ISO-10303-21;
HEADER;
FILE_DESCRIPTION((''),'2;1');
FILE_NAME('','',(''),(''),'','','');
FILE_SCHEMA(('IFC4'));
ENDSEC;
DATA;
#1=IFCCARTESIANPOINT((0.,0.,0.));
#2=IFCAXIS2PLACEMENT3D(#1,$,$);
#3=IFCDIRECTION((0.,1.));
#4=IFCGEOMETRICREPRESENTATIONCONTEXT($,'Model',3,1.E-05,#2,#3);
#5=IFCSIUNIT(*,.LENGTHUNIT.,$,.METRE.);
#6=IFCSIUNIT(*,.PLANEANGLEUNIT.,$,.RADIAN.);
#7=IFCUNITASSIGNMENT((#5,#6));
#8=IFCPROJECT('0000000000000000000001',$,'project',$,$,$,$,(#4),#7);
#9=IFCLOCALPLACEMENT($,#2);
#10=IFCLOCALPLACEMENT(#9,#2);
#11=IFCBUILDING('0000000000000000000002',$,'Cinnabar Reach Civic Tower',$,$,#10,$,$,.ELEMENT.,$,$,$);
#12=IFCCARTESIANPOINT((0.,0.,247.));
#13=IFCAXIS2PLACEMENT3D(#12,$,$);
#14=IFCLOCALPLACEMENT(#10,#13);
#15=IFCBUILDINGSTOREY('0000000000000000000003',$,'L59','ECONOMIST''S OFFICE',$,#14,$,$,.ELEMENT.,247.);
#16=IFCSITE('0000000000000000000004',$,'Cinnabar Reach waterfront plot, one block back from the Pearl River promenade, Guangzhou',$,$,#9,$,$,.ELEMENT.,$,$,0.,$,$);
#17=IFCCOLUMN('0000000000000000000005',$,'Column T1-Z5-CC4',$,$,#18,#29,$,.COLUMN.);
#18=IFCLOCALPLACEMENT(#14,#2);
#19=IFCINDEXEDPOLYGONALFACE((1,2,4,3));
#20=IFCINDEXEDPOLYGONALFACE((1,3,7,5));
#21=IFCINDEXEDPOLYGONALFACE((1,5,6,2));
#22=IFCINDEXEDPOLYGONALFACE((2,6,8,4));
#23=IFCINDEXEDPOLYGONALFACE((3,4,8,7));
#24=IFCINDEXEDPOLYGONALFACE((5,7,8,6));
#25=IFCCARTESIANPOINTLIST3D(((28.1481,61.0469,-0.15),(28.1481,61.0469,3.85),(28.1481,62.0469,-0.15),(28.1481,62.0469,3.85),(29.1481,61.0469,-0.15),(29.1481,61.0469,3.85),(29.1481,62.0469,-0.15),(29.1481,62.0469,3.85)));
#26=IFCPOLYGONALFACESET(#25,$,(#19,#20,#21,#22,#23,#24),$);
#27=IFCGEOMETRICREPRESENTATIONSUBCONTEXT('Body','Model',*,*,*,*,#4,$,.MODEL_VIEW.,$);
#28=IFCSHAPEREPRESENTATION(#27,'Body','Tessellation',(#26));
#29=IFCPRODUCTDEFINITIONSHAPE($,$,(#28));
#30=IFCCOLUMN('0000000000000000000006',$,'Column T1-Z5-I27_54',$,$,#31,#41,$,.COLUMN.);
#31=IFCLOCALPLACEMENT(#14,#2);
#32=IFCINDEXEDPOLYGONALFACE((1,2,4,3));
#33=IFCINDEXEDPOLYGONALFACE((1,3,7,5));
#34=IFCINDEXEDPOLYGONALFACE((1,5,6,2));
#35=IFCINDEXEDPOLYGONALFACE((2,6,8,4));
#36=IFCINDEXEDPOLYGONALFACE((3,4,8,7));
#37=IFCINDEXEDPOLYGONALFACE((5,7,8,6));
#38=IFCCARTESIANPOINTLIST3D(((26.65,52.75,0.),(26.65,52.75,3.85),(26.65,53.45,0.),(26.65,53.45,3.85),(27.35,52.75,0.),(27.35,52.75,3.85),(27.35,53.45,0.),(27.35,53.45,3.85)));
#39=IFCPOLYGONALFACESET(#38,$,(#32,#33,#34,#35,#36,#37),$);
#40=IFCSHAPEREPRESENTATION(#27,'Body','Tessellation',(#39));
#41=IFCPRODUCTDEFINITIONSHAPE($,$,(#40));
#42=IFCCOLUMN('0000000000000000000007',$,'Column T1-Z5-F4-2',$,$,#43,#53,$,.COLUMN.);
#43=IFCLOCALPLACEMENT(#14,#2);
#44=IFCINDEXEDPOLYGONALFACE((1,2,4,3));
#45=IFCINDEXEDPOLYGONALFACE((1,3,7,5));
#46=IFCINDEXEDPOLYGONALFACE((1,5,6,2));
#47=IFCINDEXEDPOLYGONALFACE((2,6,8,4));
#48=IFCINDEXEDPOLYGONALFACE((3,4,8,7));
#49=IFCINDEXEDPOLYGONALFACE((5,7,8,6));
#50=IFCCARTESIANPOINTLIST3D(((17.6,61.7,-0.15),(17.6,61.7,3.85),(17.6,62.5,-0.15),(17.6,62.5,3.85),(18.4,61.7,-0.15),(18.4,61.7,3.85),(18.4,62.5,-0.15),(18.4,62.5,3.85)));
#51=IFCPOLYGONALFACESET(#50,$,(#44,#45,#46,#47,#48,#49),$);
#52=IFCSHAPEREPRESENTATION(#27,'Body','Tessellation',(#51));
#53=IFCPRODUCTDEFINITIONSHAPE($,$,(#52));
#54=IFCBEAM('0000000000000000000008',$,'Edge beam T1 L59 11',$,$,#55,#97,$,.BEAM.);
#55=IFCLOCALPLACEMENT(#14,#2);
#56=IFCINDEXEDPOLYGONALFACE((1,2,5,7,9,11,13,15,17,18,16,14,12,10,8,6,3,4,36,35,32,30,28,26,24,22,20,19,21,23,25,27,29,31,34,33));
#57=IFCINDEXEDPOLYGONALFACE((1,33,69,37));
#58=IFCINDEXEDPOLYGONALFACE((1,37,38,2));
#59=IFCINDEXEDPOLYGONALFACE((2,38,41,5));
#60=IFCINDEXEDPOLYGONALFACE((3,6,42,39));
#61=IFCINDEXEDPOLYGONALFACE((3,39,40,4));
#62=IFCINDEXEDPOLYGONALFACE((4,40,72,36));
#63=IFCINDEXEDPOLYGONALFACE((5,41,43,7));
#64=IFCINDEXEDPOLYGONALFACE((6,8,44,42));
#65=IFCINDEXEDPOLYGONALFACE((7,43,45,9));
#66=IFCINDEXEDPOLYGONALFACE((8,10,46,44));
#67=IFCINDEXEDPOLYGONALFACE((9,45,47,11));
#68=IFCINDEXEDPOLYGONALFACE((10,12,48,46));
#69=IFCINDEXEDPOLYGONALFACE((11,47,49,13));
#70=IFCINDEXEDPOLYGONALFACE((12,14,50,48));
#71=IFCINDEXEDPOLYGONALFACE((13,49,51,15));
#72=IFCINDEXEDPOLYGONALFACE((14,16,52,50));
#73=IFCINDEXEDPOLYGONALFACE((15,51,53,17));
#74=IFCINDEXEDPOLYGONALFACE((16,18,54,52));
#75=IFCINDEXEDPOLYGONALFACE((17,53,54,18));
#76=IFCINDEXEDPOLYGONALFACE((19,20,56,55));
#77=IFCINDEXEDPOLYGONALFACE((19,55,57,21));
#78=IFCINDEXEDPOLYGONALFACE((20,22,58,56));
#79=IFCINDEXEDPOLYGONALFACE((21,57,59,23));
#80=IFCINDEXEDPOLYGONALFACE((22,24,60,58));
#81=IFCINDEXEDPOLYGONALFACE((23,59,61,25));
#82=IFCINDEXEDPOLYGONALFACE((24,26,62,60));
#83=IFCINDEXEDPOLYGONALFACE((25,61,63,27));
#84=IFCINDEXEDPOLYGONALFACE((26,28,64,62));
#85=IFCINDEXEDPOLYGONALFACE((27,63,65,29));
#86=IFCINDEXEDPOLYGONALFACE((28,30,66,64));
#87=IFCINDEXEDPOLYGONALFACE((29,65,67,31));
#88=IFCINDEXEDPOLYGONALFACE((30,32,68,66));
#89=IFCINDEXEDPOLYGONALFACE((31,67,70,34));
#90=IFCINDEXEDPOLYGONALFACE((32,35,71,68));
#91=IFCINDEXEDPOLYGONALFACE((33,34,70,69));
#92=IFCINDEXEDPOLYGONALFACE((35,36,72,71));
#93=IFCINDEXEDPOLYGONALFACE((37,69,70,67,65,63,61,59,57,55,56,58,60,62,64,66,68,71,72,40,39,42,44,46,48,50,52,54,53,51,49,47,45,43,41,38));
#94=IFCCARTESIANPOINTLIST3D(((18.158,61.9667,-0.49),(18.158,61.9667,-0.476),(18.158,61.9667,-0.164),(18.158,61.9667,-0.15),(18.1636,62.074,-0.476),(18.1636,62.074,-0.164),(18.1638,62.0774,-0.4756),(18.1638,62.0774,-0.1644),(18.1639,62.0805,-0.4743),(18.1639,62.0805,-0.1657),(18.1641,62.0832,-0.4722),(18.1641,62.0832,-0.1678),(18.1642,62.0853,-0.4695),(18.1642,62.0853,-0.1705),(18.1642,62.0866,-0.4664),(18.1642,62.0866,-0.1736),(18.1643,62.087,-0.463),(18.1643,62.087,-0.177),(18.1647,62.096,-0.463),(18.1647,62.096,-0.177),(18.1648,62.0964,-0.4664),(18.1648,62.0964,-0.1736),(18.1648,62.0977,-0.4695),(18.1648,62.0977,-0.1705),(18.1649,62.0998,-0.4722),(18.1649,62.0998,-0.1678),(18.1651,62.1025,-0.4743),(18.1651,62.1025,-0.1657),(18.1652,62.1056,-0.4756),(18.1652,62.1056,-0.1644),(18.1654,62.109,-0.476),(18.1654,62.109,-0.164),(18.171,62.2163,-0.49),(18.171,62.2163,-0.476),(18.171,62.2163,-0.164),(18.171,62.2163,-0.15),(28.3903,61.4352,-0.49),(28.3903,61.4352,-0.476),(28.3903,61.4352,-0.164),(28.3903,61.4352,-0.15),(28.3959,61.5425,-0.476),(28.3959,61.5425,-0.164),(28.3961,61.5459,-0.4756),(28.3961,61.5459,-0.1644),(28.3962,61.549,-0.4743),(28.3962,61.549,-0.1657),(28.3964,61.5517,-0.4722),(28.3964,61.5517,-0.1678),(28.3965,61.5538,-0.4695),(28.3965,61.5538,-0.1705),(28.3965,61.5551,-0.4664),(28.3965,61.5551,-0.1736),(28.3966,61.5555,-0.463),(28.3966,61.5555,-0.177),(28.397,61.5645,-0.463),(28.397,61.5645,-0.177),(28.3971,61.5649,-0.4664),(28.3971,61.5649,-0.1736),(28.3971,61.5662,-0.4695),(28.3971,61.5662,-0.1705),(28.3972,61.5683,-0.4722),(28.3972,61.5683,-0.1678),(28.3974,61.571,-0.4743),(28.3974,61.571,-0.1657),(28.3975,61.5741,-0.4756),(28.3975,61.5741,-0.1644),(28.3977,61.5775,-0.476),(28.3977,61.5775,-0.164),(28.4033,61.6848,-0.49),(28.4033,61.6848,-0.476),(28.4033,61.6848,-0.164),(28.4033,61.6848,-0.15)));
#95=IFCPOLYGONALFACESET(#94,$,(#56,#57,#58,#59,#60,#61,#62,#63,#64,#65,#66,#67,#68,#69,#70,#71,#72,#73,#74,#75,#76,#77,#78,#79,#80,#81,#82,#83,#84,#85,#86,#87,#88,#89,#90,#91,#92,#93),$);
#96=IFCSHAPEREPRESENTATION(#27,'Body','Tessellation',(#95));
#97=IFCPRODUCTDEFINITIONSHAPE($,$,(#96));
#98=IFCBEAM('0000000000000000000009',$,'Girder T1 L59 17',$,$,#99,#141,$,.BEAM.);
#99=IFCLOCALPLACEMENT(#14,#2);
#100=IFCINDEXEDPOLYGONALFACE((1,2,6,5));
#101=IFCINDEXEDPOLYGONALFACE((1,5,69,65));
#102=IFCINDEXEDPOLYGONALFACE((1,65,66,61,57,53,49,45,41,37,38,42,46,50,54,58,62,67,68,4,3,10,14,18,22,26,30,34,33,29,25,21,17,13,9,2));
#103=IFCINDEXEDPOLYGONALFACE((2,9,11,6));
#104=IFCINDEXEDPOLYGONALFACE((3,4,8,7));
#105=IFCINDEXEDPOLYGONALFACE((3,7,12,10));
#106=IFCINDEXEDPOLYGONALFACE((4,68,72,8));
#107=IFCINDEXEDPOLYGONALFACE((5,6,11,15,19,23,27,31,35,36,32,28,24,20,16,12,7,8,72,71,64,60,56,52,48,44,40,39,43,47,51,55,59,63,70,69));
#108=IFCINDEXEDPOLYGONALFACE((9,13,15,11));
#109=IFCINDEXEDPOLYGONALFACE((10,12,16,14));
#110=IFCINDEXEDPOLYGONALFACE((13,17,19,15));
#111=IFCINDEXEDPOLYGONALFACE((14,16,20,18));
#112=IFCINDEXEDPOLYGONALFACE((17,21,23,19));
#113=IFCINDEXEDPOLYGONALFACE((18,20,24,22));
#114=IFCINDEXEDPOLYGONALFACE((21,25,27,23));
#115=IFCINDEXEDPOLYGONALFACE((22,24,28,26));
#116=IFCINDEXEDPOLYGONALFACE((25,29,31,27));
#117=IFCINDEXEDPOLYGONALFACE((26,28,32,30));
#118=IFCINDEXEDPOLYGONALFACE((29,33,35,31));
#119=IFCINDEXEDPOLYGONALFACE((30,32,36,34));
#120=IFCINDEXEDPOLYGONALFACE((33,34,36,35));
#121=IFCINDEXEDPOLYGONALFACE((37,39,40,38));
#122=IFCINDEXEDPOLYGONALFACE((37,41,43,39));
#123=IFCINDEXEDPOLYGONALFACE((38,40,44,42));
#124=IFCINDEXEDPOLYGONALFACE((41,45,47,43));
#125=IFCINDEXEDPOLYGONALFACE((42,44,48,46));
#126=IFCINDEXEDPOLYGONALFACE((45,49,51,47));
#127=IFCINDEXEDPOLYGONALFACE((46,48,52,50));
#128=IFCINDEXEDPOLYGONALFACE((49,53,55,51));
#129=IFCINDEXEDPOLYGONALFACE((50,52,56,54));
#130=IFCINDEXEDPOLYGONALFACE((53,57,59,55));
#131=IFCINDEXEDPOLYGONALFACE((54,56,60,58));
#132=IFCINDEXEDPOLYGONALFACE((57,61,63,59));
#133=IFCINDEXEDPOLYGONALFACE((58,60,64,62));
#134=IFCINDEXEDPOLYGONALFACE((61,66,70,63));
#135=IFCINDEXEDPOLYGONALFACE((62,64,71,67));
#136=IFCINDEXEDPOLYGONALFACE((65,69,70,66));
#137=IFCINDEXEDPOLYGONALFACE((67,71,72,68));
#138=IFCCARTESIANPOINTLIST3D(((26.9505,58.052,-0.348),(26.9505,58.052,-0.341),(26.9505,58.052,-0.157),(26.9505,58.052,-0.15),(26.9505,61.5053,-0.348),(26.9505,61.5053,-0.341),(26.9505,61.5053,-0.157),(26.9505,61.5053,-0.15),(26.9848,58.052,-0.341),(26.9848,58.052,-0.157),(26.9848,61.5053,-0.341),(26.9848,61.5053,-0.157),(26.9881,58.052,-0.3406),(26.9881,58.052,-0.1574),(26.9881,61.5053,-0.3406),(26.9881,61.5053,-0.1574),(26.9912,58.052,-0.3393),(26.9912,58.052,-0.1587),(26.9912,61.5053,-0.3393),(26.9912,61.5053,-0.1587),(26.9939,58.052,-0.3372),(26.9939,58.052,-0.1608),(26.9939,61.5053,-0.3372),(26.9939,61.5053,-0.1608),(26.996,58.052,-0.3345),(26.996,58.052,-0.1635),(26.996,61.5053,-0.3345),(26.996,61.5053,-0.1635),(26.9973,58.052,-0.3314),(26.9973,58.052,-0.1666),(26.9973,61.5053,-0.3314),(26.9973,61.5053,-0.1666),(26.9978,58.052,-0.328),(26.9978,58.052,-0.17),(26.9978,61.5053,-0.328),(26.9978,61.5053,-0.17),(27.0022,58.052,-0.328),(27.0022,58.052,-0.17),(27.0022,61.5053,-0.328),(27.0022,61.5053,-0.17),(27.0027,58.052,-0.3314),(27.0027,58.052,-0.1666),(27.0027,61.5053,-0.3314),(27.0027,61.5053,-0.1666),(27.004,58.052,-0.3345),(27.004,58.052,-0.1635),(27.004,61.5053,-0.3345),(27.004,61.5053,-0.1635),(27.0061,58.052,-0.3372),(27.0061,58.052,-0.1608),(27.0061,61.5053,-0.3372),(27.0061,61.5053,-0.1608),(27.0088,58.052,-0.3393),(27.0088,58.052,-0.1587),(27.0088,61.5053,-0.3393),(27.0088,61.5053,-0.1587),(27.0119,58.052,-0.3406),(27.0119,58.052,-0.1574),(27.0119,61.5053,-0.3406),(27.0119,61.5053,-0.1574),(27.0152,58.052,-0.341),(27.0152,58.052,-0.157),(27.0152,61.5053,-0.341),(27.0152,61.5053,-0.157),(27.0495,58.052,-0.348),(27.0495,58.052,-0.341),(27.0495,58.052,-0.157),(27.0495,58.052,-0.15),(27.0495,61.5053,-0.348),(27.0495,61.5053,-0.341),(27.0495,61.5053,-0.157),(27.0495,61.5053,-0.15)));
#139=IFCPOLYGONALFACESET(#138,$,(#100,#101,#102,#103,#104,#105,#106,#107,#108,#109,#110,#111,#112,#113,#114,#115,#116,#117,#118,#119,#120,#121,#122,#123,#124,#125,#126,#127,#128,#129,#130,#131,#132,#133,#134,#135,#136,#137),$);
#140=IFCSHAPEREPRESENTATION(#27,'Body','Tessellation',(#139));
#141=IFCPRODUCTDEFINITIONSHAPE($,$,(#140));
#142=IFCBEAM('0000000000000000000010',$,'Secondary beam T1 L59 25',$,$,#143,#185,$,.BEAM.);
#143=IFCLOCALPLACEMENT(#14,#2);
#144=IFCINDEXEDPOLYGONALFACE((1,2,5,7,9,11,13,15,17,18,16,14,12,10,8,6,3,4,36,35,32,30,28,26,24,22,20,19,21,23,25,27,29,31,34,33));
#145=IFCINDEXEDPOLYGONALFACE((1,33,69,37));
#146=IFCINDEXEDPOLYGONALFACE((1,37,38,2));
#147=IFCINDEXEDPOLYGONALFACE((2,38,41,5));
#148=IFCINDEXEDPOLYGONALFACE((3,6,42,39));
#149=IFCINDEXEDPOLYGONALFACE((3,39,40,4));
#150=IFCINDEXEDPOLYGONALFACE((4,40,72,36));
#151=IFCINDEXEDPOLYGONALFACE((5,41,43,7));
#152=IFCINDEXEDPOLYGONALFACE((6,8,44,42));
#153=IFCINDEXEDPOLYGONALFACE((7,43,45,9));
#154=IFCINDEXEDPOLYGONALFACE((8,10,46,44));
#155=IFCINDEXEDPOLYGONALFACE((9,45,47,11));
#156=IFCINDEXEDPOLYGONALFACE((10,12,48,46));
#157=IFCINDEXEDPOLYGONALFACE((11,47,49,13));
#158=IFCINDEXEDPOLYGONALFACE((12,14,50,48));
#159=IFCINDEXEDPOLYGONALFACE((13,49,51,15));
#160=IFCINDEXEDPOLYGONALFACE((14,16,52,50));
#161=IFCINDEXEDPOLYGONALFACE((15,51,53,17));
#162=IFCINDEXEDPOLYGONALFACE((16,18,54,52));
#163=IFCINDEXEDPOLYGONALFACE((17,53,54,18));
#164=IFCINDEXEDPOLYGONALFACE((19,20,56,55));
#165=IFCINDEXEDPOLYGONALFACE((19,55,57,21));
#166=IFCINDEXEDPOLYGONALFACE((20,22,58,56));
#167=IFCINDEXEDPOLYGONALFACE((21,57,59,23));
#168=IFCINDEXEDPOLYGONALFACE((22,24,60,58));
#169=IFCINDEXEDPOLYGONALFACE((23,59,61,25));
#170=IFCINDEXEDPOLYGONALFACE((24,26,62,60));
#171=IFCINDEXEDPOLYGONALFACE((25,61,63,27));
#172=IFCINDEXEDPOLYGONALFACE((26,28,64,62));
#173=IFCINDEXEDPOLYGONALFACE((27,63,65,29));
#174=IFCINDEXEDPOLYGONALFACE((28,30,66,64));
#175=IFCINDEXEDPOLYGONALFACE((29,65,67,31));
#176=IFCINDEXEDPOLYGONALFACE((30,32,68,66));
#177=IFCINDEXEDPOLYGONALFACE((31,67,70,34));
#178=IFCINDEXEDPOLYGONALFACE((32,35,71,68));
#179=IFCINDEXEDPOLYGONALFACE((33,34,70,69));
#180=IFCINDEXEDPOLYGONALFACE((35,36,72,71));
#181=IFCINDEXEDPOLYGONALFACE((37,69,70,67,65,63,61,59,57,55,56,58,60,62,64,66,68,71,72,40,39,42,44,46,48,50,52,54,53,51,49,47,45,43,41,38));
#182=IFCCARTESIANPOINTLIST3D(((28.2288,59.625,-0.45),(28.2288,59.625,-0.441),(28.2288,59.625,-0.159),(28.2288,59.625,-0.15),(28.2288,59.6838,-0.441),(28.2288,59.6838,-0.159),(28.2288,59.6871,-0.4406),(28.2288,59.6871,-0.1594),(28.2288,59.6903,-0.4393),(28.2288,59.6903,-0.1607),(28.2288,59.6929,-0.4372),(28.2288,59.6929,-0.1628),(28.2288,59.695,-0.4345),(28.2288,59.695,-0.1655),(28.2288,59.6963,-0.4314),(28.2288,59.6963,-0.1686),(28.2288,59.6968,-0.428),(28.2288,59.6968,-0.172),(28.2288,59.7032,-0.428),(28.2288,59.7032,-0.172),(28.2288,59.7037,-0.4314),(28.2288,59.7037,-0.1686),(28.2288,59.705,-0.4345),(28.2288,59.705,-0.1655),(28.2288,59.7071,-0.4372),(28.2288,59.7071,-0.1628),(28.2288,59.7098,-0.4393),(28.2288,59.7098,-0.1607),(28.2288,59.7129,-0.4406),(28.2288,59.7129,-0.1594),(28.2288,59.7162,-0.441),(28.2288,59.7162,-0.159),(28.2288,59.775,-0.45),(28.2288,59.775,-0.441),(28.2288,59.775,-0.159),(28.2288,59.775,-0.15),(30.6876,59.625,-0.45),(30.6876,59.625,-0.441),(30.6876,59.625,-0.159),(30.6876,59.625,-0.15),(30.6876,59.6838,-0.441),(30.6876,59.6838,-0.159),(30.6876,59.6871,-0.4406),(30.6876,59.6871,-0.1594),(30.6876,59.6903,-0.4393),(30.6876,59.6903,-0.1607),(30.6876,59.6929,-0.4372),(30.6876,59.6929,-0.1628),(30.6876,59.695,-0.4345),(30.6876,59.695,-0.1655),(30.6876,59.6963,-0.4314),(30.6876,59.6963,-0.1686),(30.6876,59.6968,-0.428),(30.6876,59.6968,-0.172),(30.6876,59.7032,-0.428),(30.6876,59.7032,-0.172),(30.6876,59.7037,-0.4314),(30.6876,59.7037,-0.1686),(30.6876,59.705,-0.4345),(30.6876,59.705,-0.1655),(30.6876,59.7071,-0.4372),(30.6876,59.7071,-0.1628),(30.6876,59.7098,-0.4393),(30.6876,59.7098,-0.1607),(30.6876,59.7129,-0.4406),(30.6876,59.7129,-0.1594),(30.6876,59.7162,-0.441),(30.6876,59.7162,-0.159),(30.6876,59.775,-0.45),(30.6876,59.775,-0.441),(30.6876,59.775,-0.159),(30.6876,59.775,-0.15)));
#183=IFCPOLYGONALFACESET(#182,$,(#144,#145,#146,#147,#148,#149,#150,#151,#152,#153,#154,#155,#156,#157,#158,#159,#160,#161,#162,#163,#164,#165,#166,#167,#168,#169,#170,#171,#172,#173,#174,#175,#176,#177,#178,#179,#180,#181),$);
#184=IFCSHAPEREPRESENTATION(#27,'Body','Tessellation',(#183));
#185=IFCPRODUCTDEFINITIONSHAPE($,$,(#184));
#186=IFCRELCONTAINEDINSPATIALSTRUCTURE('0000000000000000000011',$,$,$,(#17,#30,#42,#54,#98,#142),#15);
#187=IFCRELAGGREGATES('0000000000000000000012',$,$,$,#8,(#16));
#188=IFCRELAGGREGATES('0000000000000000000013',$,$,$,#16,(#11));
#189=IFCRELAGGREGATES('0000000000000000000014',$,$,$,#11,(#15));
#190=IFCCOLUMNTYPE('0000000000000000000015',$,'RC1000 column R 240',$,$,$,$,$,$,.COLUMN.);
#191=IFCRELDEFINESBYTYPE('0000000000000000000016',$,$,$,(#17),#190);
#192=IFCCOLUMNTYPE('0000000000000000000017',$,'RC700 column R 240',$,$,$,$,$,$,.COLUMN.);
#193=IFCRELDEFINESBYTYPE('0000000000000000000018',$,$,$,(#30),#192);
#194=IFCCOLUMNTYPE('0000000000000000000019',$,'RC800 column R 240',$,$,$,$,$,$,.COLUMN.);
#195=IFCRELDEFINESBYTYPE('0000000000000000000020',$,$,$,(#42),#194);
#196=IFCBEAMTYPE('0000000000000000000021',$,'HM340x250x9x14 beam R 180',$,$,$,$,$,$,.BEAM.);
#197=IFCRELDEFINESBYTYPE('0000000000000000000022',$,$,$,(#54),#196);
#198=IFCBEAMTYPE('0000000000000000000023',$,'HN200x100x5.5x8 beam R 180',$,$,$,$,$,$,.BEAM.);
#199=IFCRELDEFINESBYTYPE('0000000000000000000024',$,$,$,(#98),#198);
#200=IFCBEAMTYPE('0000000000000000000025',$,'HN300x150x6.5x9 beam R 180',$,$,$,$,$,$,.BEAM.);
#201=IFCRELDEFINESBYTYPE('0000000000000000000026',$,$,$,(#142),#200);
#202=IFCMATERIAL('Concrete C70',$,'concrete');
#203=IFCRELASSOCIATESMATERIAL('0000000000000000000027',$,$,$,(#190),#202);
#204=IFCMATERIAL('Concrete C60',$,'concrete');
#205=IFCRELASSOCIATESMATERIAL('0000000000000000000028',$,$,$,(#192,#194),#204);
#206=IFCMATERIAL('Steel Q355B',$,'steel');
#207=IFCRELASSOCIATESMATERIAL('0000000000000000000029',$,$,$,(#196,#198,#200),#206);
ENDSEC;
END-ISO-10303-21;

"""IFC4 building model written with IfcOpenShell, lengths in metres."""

from ifc_helpers import new_model, si_unit, direction, frame, origin, origin_2d, place, context, subcontext, project, spatial, rectangle, i_section, extrude, material, material_profile, profile_set, type_object, element, save


model = new_model("IFC4")

# Units and contexts
model_context = context("Model", 3, precision=1e-05, world=origin(), true_north=direction((0.0, 1.0)))
body_context = subcontext(model_context, "Body", "Model", "MODEL_VIEW")
ifc_project = project(units=[si_unit("LENGTHUNIT", "METRE"), si_unit("PLANEANGLEUNIT", "RADIAN")], contexts=[model_context])

# Site, building, storey
site_placement = place(None, origin())
site = spatial("IfcSite", under=ifc_project, at=site_placement, Name="Cinnabar Reach waterfront plot, one block back from the Pearl River promenade, Guangzhou", CompositionType="ELEMENT", RefElevation=0.0)
building_placement = place(site_placement, origin())
building = spatial("IfcBuilding", under=site, at=building_placement, Name="Cinnabar Reach Civic Tower", CompositionType="ELEMENT")
storey_placement = place(building_placement, frame((0.0, 0.0, 247.0)))
storey = spatial("IfcBuildingStorey", under=building, at=storey_placement, Name="L59", Description="ECONOMIST'S OFFICE", CompositionType="ELEMENT", Elevation=247.0)

# Columns
ifc_material_1 = material(Name="Concrete C70", Category="concrete")
ifc_material_profile_1 = material_profile(ifc_material_1, rectangle(XDim=1.0, YDim=1.0, at=origin_2d()), Name="RC1000")
ifc_profile_set_1 = profile_set([ifc_material_profile_1], Name="Concrete C70")
column_type_1 = type_object("IfcColumnType", Name="RC1000 column R 240", PredefinedType="COLUMN", material=ifc_profile_set_1)
column_1_placement = place(storey_placement, frame((28.6481, 61.5469, -0.15), z_axis=(0.0, 0.0, 1.0), x_axis=(1.0, 0.0, 0.0)))
element("IfcColumn", 1, at=column_1_placement, inside=storey, type_object=column_type_1, Name="Column T1-Z5-CC4", PredefinedType="COLUMN", context=body_context, shape_type="SweptSolid", body=[
    extrude(rectangle(XDim=1.0, YDim=1.0, at=origin_2d()), origin(), (0.0, 0.0, 1.0), 4.0),
])
ifc_material_2 = material(Name="Concrete C60", Category="concrete")
ifc_material_profile_2 = material_profile(ifc_material_2, rectangle(XDim=0.7, YDim=0.7, at=origin_2d()), Name="RC700")
ifc_profile_set_2 = profile_set([ifc_material_profile_2], Name="Concrete C60")
column_type_2 = type_object("IfcColumnType", Name="RC700 column R 240", PredefinedType="COLUMN", material=ifc_profile_set_2)
column_2_placement = place(storey_placement, frame((27.0, 53.1, 0.0), z_axis=(0.0, 0.0, 1.0), x_axis=(1.0, 0.0, 0.0)))
element("IfcColumn", 2, at=column_2_placement, inside=storey, type_object=column_type_2, Name="Column T1-Z5-I27_54", PredefinedType="COLUMN", context=body_context, shape_type="SweptSolid", body=[
    extrude(rectangle(XDim=0.7, YDim=0.7, at=origin_2d()), origin(), (0.0, 0.0, 1.0), 3.85),
])
ifc_material_profile_3 = material_profile(ifc_material_2, rectangle(XDim=0.8, YDim=0.8, at=origin_2d()), Name="RC800")
ifc_profile_set_3 = profile_set([ifc_material_profile_3], Name="Concrete C60")
column_type_3 = type_object("IfcColumnType", Name="RC800 column R 240", PredefinedType="COLUMN", material=ifc_profile_set_3)
column_3_placement = place(storey_placement, frame((18.0, 62.1, -0.15), z_axis=(0.0, 0.0, 1.0), x_axis=(1.0, 0.0, 0.0)))
element("IfcColumn", 3, at=column_3_placement, inside=storey, type_object=column_type_3, Name="Column T1-Z5-F4-2", PredefinedType="COLUMN", context=body_context, shape_type="SweptSolid", body=[
    extrude(rectangle(XDim=0.8, YDim=0.8, at=origin_2d()), origin(), (0.0, 0.0, 1.0), 4.0),
])

# Beams
ifc_material_3 = material(Name="Steel Q355B", Category="steel")
ifc_material_profile_4 = material_profile(ifc_material_3, i_section(OverallWidth=0.25, OverallDepth=0.34, WebThickness=0.009, FlangeThickness=0.014, FilletRadius=0.013, at=origin_2d()), Name="HM340x250x9x14")
ifc_profile_set_4 = profile_set([ifc_material_profile_4], Name="Steel Q355B")
beam_type_1 = type_object("IfcBeamType", Name="HM340x250x9x14 beam R 180", PredefinedType="BEAM", material=ifc_profile_set_4)
beam_1_placement = place(storey_placement, frame((28.3968, 61.56, -0.32), z_axis=(-0.998654, 0.051873, 0.0), x_axis=(-0.051873, -0.998654, 0.0)))
element("IfcBeam", 4, at=beam_1_placement, inside=storey, type_object=beam_type_1, Name="Edge beam T1 L59 11", PredefinedType="BEAM", context=body_context, shape_type="SweptSolid", body=[
    extrude(i_section(OverallWidth=0.25, OverallDepth=0.34, WebThickness=0.009, FlangeThickness=0.014, FilletRadius=0.013, at=origin_2d()), origin(), (0.0, 0.0, 1.0), 10.2461),
])
ifc_material_profile_5 = material_profile(ifc_material_3, i_section(OverallWidth=0.099, OverallDepth=0.198, WebThickness=0.0045, FlangeThickness=0.007, FilletRadius=0.013, at=origin_2d()), Name="HN200x100x5.5x8")
ifc_profile_set_5 = profile_set([ifc_material_profile_5], Name="Steel Q355B")
beam_type_2 = type_object("IfcBeamType", Name="HN200x100x5.5x8 beam R 180", PredefinedType="BEAM", material=ifc_profile_set_5)
beam_2_placement = place(storey_placement, frame((27.0, 58.052, -0.249), z_axis=(0.0, 1.0, 0.0), x_axis=(-1.0, 0.0, 0.0)))
element("IfcBeam", 5, at=beam_2_placement, inside=storey, type_object=beam_type_2, Name="Girder T1 L59 17", PredefinedType="BEAM", context=body_context, shape_type="SweptSolid", body=[
    extrude(i_section(OverallWidth=0.099, OverallDepth=0.198, WebThickness=0.0045, FlangeThickness=0.007, FilletRadius=0.013, at=origin_2d()), origin(), (0.0, 0.0, 1.0), 3.4533),
])
ifc_material_profile_6 = material_profile(ifc_material_3, i_section(OverallWidth=0.15, OverallDepth=0.3, WebThickness=0.0065, FlangeThickness=0.009, FilletRadius=0.013, at=origin_2d()), Name="HN300x150x6.5x9")
ifc_profile_set_6 = profile_set([ifc_material_profile_6], Name="Steel Q355B")
beam_type_3 = type_object("IfcBeamType", Name="HN300x150x6.5x9 beam R 180", PredefinedType="BEAM", material=ifc_profile_set_6)
beam_3_placement = place(storey_placement, frame((28.2288, 59.7, -0.3), z_axis=(1.0, 0.0, 0.0), x_axis=(0.0, 1.0, 0.0)))
element("IfcBeam", 6, at=beam_3_placement, inside=storey, type_object=beam_type_3, Name="Secondary beam T1 L59 25", PredefinedType="BEAM", context=body_context, shape_type="SweptSolid", body=[
    extrude(i_section(OverallWidth=0.15, OverallDepth=0.3, WebThickness=0.0065, FlangeThickness=0.009, FilletRadius=0.013, at=origin_2d()), origin(), (0.0, 0.0, 1.0), 2.4588),
])

save(model, "model.ifc")
